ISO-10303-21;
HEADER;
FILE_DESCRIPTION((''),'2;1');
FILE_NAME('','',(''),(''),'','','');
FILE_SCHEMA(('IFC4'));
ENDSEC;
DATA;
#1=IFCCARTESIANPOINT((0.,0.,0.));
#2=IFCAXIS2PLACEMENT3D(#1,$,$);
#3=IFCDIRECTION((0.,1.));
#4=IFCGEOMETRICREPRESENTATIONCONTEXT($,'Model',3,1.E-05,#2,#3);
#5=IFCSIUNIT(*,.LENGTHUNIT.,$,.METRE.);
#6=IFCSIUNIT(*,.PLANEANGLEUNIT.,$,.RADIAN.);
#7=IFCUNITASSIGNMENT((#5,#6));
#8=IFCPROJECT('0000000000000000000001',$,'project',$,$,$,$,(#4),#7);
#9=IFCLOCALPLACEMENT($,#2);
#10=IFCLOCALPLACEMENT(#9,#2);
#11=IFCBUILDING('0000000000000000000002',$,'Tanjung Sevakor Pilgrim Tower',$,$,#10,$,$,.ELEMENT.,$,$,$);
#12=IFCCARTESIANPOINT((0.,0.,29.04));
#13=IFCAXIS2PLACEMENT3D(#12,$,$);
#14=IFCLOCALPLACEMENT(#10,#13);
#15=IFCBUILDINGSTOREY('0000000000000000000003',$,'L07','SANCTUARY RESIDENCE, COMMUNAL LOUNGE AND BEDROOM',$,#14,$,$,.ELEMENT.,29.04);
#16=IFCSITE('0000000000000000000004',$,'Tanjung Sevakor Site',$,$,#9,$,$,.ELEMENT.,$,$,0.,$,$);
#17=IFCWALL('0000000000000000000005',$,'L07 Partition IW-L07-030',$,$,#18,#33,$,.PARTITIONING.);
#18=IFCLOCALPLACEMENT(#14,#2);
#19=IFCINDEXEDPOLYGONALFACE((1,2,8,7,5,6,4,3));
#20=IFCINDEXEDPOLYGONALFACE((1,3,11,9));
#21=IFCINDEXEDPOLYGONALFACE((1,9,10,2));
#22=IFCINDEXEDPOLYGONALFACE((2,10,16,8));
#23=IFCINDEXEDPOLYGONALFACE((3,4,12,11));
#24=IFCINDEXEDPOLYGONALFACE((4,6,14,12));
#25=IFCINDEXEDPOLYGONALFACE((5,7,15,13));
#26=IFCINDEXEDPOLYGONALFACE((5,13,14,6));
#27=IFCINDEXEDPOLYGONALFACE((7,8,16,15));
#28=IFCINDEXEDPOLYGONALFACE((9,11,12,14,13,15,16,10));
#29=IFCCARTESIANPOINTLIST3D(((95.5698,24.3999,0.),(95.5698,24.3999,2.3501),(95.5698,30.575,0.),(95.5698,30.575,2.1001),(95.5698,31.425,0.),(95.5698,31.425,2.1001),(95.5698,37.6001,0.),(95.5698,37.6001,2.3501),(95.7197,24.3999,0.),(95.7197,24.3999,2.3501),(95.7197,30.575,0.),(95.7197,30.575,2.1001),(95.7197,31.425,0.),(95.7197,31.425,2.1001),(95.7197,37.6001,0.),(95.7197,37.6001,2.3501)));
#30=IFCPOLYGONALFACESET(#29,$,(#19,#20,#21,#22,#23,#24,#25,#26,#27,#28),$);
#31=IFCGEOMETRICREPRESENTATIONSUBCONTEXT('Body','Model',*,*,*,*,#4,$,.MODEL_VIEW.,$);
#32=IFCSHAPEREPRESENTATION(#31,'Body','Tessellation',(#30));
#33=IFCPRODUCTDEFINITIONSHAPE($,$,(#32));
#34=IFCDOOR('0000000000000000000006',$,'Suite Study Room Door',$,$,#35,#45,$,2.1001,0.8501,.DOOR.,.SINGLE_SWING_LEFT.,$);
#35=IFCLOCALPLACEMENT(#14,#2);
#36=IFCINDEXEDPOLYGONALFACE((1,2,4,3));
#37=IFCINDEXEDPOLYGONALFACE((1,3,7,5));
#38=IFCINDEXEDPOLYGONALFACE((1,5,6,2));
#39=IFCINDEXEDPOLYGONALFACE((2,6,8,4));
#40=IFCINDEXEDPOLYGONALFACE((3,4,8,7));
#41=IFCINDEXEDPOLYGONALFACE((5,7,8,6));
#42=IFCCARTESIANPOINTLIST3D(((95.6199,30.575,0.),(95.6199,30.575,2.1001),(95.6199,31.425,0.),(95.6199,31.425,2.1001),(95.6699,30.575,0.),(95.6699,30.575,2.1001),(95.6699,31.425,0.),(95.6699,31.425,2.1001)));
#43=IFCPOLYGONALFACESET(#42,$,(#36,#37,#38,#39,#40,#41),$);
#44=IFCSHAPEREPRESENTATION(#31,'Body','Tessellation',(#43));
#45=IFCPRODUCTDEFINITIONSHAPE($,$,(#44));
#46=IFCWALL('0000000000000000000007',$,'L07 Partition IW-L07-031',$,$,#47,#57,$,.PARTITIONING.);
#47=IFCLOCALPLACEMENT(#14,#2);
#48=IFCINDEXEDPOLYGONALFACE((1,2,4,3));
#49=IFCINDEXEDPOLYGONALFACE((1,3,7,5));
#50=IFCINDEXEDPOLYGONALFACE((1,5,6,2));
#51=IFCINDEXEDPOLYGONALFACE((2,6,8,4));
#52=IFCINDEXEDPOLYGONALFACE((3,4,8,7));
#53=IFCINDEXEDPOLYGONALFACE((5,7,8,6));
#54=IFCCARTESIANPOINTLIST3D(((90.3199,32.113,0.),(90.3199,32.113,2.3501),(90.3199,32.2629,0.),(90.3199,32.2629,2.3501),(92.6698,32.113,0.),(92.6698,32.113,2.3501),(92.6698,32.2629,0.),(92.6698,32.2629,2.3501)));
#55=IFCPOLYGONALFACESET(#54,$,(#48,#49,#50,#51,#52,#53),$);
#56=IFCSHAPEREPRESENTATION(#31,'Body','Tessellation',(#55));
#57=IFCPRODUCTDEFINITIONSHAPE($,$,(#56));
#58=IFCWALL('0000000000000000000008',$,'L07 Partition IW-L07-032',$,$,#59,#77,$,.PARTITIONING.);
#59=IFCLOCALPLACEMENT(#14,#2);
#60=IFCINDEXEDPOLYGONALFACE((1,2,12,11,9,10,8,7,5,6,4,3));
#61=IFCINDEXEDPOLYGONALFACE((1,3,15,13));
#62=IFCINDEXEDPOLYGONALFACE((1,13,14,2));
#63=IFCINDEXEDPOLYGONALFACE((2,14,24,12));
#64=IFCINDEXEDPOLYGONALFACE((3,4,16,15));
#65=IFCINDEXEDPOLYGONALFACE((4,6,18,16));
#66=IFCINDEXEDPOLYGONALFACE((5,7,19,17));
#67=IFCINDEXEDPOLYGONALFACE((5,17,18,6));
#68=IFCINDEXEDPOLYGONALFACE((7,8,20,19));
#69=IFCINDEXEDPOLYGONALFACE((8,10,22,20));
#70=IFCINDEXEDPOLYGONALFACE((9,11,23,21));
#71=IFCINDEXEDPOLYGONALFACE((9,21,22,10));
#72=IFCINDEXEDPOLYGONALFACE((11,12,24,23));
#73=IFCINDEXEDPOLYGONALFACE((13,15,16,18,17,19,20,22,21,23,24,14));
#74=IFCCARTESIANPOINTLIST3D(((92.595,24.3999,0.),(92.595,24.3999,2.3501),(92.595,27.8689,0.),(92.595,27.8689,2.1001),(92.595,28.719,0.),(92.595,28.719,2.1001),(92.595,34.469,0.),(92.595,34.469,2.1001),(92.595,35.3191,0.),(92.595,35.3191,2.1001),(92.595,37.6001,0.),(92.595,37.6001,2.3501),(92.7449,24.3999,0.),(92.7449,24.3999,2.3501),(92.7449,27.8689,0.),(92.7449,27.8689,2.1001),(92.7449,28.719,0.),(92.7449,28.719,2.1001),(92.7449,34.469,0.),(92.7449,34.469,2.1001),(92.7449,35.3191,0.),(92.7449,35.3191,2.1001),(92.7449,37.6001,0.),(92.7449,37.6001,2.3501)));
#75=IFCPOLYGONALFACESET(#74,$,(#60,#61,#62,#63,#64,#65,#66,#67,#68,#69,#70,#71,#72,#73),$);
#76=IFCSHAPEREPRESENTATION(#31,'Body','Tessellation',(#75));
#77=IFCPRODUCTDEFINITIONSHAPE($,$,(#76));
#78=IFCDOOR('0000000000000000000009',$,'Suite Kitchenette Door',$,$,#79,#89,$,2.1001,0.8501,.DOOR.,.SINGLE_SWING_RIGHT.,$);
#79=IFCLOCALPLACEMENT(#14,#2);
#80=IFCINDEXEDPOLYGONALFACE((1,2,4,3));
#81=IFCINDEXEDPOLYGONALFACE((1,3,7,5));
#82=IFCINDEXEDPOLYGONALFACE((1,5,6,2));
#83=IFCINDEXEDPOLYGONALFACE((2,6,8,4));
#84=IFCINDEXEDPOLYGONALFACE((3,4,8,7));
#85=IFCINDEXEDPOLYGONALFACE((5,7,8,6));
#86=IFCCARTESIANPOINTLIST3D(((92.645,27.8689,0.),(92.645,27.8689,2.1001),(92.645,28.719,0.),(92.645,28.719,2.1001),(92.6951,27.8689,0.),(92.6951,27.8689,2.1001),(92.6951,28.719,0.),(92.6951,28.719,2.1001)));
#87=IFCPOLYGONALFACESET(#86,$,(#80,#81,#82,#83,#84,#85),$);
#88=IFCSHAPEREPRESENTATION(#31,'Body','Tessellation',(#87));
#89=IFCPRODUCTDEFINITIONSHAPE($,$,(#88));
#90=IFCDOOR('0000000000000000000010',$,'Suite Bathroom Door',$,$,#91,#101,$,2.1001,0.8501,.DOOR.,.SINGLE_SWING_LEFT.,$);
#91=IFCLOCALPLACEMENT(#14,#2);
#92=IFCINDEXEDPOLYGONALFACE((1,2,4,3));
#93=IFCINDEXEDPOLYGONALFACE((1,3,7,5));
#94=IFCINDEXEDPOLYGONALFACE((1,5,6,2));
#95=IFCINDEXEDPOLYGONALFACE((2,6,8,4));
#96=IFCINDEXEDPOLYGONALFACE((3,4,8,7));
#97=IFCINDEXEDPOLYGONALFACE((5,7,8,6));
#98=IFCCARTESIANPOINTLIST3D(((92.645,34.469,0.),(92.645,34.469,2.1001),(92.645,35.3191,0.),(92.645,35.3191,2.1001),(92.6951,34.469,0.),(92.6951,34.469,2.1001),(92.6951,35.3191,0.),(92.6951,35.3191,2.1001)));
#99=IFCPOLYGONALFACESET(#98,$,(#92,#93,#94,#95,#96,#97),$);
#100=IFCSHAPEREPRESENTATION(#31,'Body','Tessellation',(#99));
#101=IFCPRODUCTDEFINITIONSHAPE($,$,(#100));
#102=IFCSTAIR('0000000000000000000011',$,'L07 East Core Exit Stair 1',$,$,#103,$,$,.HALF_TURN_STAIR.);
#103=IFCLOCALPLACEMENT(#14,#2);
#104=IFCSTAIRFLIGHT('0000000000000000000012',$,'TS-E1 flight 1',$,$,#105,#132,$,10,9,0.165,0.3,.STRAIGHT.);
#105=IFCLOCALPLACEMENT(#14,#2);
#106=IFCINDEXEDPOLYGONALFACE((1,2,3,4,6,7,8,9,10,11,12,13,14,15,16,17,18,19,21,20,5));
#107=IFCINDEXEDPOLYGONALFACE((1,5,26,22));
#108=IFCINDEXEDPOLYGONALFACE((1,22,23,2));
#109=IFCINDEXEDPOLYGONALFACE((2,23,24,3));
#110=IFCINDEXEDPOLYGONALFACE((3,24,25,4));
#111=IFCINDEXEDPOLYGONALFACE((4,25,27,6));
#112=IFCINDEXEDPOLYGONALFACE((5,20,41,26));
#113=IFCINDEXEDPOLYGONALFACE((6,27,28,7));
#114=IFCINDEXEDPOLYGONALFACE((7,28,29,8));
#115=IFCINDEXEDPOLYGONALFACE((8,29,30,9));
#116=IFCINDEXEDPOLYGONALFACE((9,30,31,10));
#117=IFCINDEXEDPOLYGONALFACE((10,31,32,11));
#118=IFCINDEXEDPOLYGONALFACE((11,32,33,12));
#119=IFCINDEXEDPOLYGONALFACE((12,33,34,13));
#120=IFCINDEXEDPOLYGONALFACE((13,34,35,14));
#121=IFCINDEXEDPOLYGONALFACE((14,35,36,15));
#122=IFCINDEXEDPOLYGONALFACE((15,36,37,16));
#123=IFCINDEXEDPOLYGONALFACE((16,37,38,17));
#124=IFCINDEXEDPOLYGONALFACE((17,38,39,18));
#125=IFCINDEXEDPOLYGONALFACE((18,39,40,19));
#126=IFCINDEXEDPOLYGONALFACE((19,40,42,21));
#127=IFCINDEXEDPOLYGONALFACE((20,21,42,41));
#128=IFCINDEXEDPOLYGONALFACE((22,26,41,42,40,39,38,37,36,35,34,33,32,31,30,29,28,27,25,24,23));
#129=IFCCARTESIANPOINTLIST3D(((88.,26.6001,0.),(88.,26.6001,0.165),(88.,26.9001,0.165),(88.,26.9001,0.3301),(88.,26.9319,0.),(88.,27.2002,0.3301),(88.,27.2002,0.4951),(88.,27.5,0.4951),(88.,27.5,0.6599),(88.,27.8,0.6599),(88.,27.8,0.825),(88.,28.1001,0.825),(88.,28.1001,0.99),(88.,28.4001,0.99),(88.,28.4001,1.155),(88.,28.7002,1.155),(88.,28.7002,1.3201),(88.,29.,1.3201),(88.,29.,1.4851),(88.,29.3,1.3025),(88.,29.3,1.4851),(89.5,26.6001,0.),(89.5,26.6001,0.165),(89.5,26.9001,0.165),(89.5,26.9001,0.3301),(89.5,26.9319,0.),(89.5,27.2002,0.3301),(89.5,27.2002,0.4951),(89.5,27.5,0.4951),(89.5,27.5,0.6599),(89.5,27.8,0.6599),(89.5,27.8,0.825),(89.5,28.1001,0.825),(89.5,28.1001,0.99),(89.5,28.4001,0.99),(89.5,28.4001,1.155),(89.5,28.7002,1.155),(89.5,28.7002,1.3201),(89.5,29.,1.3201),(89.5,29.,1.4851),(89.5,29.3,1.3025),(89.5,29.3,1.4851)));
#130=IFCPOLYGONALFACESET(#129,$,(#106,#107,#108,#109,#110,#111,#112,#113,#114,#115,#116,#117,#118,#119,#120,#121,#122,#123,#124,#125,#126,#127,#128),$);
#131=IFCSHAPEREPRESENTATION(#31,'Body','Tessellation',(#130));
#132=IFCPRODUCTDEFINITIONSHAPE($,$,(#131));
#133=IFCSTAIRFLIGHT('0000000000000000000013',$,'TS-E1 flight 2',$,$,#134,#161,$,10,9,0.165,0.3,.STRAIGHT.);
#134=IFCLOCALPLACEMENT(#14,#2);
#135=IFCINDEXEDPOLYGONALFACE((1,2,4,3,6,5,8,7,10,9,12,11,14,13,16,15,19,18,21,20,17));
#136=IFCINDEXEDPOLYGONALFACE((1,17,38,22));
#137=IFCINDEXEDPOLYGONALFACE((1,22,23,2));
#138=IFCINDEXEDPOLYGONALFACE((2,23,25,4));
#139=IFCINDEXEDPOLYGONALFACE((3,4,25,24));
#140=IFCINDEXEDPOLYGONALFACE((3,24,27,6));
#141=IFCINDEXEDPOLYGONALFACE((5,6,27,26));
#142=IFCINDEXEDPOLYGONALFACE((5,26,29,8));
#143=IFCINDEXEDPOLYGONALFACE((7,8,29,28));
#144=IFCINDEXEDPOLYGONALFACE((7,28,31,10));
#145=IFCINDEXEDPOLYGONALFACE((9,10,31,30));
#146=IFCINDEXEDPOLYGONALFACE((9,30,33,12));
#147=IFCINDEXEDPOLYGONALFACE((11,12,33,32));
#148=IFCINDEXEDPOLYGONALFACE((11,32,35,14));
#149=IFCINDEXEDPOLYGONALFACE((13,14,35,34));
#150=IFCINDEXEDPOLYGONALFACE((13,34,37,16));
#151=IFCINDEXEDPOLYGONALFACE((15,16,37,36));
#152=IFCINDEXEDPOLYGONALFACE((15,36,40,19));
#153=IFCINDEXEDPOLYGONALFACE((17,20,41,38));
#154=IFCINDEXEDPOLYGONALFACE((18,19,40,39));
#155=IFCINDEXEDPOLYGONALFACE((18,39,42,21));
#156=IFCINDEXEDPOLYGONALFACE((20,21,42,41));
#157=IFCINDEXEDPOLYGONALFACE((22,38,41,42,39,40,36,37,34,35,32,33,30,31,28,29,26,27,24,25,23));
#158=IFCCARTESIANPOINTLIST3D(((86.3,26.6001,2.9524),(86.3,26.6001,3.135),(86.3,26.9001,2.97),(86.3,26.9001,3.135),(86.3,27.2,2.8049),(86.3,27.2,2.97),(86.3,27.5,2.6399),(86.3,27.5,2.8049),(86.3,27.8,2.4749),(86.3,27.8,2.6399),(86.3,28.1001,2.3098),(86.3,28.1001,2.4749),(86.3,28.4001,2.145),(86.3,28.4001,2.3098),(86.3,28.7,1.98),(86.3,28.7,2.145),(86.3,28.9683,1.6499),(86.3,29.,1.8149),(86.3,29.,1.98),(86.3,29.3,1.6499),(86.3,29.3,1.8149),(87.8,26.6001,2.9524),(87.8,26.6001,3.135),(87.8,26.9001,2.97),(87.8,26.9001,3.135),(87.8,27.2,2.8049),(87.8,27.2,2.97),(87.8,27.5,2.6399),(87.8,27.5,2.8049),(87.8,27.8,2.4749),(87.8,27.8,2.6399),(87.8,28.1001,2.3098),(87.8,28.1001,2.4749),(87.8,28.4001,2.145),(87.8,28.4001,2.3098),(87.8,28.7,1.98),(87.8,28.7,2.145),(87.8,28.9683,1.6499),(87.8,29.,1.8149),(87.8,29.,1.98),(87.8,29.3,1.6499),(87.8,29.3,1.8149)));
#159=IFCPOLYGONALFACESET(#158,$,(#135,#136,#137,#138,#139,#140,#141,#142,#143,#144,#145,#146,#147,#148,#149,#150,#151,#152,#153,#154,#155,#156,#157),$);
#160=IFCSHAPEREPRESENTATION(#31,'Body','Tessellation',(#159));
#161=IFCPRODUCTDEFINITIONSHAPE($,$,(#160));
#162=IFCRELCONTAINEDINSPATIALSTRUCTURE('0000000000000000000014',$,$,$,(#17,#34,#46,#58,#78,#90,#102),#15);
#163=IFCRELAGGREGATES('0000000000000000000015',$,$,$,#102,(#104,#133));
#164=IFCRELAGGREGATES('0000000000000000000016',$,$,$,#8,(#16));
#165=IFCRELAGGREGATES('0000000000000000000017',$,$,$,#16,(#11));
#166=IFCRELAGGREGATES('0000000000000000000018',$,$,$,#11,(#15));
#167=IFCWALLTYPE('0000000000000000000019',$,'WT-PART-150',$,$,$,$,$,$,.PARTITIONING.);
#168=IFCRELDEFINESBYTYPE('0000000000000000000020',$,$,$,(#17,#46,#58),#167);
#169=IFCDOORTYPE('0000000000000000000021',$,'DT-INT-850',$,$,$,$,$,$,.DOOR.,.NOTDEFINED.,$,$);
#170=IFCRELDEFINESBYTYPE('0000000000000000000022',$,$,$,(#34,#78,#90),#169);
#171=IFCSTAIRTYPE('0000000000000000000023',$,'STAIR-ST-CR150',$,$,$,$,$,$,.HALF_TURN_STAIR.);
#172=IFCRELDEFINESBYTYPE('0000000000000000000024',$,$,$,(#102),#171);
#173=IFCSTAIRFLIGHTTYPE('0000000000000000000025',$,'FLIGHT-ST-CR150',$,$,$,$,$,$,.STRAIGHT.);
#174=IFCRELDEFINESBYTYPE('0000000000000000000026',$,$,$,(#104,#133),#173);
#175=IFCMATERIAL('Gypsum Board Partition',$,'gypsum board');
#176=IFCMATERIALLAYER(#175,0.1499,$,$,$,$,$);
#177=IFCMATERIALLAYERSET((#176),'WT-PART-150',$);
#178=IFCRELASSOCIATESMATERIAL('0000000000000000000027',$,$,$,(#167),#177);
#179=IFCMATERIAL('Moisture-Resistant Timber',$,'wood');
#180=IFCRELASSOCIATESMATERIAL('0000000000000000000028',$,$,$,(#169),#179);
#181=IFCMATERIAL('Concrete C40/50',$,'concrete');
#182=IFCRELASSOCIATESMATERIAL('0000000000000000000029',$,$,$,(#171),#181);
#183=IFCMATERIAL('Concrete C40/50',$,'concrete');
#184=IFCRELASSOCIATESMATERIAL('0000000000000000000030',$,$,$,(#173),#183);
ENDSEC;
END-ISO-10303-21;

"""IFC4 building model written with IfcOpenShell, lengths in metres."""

from ifc_helpers import new_model, si_unit, direction, frame, frame_2d, origin, place, context, subcontext, project, spatial, polyline, rectangle, outline, extrude, material, layer, layer_set, type_object, element, fill, aggregate, save


model = new_model("IFC4")

# Units and contexts
model_context = context("Model", 3, precision=1e-05, world=origin(), true_north=direction((0.0, 1.0)))
body_context = subcontext(model_context, "Body", "Model", "MODEL_VIEW")
ifc_project = project(units=[si_unit("LENGTHUNIT", "METRE"), si_unit("PLANEANGLEUNIT", "RADIAN")], contexts=[model_context])

# Site, building, storey
site_placement = place(None, origin())
site = spatial("IfcSite", under=ifc_project, at=site_placement, Name="Tanjung Sevakor Site", CompositionType="ELEMENT", RefElevation=0.0)
building_placement = place(site_placement, origin())
building = spatial("IfcBuilding", under=site, at=building_placement, Name="Tanjung Sevakor Pilgrim Tower", CompositionType="ELEMENT")
storey_placement = place(building_placement, frame((0.0, 0.0, 29.04)))
storey = spatial("IfcBuildingStorey", under=building, at=storey_placement, Name="L07", Description="SANCTUARY RESIDENCE, COMMUNAL LOUNGE AND BEDROOM", CompositionType="ELEMENT", Elevation=29.04)

# Wall, opening, door
ifc_material_1 = material(Name="Gypsum Board Partition", Category="gypsum board")
ifc_layer_1 = layer(ifc_material_1, 0.1499)
ifc_layer_set_1 = layer_set([ifc_layer_1], Name="WT-PART-150")
wall_type_1 = type_object("IfcWallType", Name="WT-PART-150", PredefinedType="PARTITIONING", material=ifc_layer_set_1)
wall_1_placement = place(storey_placement, frame((95.6448, 24.3999, 0.0), z_axis=(0.0, 0.0, 1.0), x_axis=(0.0, 1.0, 0.0)))
wall_1 = element("IfcWall", 1, at=wall_1_placement, inside=storey, type_object=wall_type_1, Name="L07 Partition IW-L07-030", PredefinedType="PARTITIONING", context=body_context, shape_type="SweptSolid", body=[
    extrude(rectangle(XDim=13.2002, YDim=0.1499, at=frame_2d((6.6001, 0.0))), origin(), (0.0, 0.0, 1.0), 2.3501),
])
opening_1_placement = place(wall_1_placement, frame((6.175, 0.0, 0.0)))
opening_1 = element("IfcOpeningElement", 2, at=opening_1_placement, cuts=wall_1, PredefinedType="OPENING", context=body_context, shape_type="SweptSolid", body=[
    extrude(rectangle(XDim=0.8501, YDim=2.1001, at=frame_2d((0.425, 1.05))), frame((0.0, 0.085, 0.0), z_axis=(0.0, -1.0, 0.0), x_axis=(1.0, 0.0, 0.0)), (0.0, 0.0, 1.0), 0.1699),
])
ifc_material_2 = material(Name="Moisture-Resistant Timber", Category="wood")
door_type_1 = type_object("IfcDoorType", Name="DT-INT-850", OperationType="NOTDEFINED", PredefinedType="DOOR", material=ifc_material_2)
door_1_placement = place(opening_1_placement, origin())
door_1 = element("IfcDoor", 3, at=door_1_placement, inside=storey, type_object=door_type_1, Name="Suite Study Room Door", OperationType="SINGLE_SWING_LEFT", OverallHeight=2.1001, OverallWidth=0.8501, PredefinedType="DOOR", context=body_context, shape_type="SweptSolid", body=[
    extrude(rectangle(XDim=0.8501, YDim=2.1001, at=frame_2d((0.425, 1.05))), frame((0.0, 0.0249, 0.0), z_axis=(0.0, -1.0, 0.0), x_axis=(1.0, 0.0, 0.0)), (0.0, 0.0, 1.0), 0.05),
])
fill(opening_1, door_1)

# Wall
wall_2_placement = place(storey_placement, frame((90.3201, 32.188, 0.0), z_axis=(0.0, 0.0, 1.0), x_axis=(1.0, 0.0, 0.0)))
element("IfcWall", 4, at=wall_2_placement, inside=storey, type_object=wall_type_1, Name="L07 Partition IW-L07-031", PredefinedType="PARTITIONING", context=body_context, shape_type="SweptSolid", body=[
    extrude(rectangle(XDim=2.3499, YDim=0.1499, at=frame_2d((1.1748, 0.0))), origin(), (0.0, 0.0, 1.0), 2.3501),
])

# Wall, openings, doors
wall_3_placement = place(storey_placement, frame((92.6699, 24.3999, 0.0), z_axis=(0.0, 0.0, 1.0), x_axis=(0.0, 1.0, 0.0)))
wall_3 = element("IfcWall", 5, at=wall_3_placement, inside=storey, type_object=wall_type_1, Name="L07 Partition IW-L07-032", PredefinedType="PARTITIONING", context=body_context, shape_type="SweptSolid", body=[
    extrude(rectangle(XDim=13.2002, YDim=0.1499, at=frame_2d((6.6001, 0.0))), origin(), (0.0, 0.0, 1.0), 2.3501),
])
opening_2_placement = place(wall_3_placement, frame((3.469, 0.0, 0.0)))
opening_2 = element("IfcOpeningElement", 6, at=opening_2_placement, cuts=wall_3, PredefinedType="OPENING", context=body_context, shape_type="SweptSolid", body=[
    extrude(rectangle(XDim=0.8501, YDim=2.1001, at=frame_2d((0.425, 1.05))), frame((0.0, 0.085, 0.0), z_axis=(0.0, -1.0, 0.0), x_axis=(1.0, 0.0, 0.0)), (0.0, 0.0, 1.0), 0.1699),
])
opening_3_placement = place(wall_3_placement, frame((10.0691, 0.0, 0.0)))
opening_3 = element("IfcOpeningElement", 7, at=opening_3_placement, cuts=wall_3, PredefinedType="OPENING", context=body_context, shape_type="SweptSolid", body=[
    extrude(rectangle(XDim=0.8501, YDim=2.1001, at=frame_2d((0.425, 1.05))), frame((0.0, 0.085, 0.0), z_axis=(0.0, -1.0, 0.0), x_axis=(1.0, 0.0, 0.0)), (0.0, 0.0, 1.0), 0.1699),
])
door_2_placement = place(opening_2_placement, origin())
door_2 = element("IfcDoor", 8, at=door_2_placement, inside=storey, type_object=door_type_1, Name="Suite Kitchenette Door", OperationType="SINGLE_SWING_RIGHT", OverallHeight=2.1001, OverallWidth=0.8501, PredefinedType="DOOR", context=body_context, shape_type="SweptSolid", body=[
    extrude(rectangle(XDim=0.8501, YDim=2.1001, at=frame_2d((0.425, 1.05))), frame((0.0, 0.0249, 0.0), z_axis=(0.0, -1.0, 0.0), x_axis=(1.0, 0.0, 0.0)), (0.0, 0.0, 1.0), 0.05),
])
fill(opening_2, door_2)
door_3_placement = place(opening_3_placement, origin())
door_3 = element("IfcDoor", 9, at=door_3_placement, inside=storey, type_object=door_type_1, Name="Suite Bathroom Door", OperationType="SINGLE_SWING_LEFT", OverallHeight=2.1001, OverallWidth=0.8501, PredefinedType="DOOR", context=body_context, shape_type="SweptSolid", body=[
    extrude(rectangle(XDim=0.8501, YDim=2.1001, at=frame_2d((0.425, 1.05))), frame((0.0, 0.0249, 0.0), z_axis=(0.0, -1.0, 0.0), x_axis=(1.0, 0.0, 0.0)), (0.0, 0.0, 1.0), 0.05),
])
fill(opening_3, door_3)

# Stair, stair flights
ifc_material_3 = material(Name="Concrete C40/50", Category="concrete")
stair_type = type_object("IfcStairType", Name="STAIR-ST-CR150", PredefinedType="HALF_TURN_STAIR", material=ifc_material_3)
stair_placement = place(storey_placement, origin())
stair = element("IfcStair", 10, at=stair_placement, inside=storey, type_object=stair_type, Name="L07 East Core Exit Stair 1", PredefinedType="HALF_TURN_STAIR")
ifc_material_4 = material(Name="Concrete C40/50", Category="concrete")
stair_flight_type = type_object("IfcStairFlightType", Name="FLIGHT-ST-CR150", PredefinedType="STRAIGHT", material=ifc_material_4)
stair_flight_1_placement = place(storey_placement, frame((88.75, 26.6001, 0.0), z_axis=(0.0, 0.0, 1.0), x_axis=(0.0, 1.0, 0.0)))
stair_flight_1 = element("IfcStairFlight", 11, at=stair_flight_1_placement, type_object=stair_flight_type, Name="TS-E1 flight 1", NumberOfRisers=10, NumberOfTreads=9, PredefinedType="STRAIGHT", RiserHeight=0.165, TreadLength=0.3, context=body_context, shape_type="SweptSolid", body=[
    extrude(outline(polyline([(0.0, 0.0), (0.0, 0.165), (0.3, 0.165), (0.3, 0.3301), (0.6001, 0.3301), (0.6001, 0.4951), (0.8999, 0.4951), (0.8999, 0.6599), (1.2, 0.6599), (1.2, 0.825), (1.5, 0.825), (1.5, 0.99), (1.8, 0.99), (1.8, 1.155), (2.1001, 1.155), (2.1001, 1.3201), (2.3999, 1.3201), (2.3999, 1.4851), (2.7, 1.4851), (2.7, 1.6499), (2.7, 1.3025), (0.3318, 0.0), (0.0, 0.0)])), frame((0.0, 0.75, 0.0), z_axis=(0.0, -1.0, 0.0), x_axis=(1.0, 0.0, 0.0)), (0.0, 0.0, 1.0), 1.5),
])
stair_flight_2_placement = place(storey_placement, frame((87.05, 29.3, 1.6499), z_axis=(0.0, 0.0, 1.0), x_axis=(0.0, -1.0, 0.0)))
stair_flight_2 = element("IfcStairFlight", 12, at=stair_flight_2_placement, type_object=stair_flight_type, Name="TS-E1 flight 2", NumberOfRisers=10, NumberOfTreads=9, PredefinedType="STRAIGHT", RiserHeight=0.165, TreadLength=0.3, context=body_context, shape_type="SweptSolid", body=[
    extrude(outline(polyline([(0.0, 0.0), (0.0, 0.165), (0.3, 0.165), (0.3, 0.3301), (0.6001, 0.3301), (0.6001, 0.4951), (0.8999, 0.4951), (0.8999, 0.6599), (1.2, 0.6599), (1.2, 0.825), (1.5, 0.825), (1.5, 0.99), (1.8, 0.99), (1.8, 1.155), (2.1001, 1.155), (2.1001, 1.3201), (2.3999, 1.3201), (2.3999, 1.4851), (2.7, 1.4851), (2.7, 1.6499), (2.7, 1.3025), (0.3318, 0.0), (0.0, 0.0)])), frame((0.0, 0.75, 0.0), z_axis=(0.0, -1.0, 0.0), x_axis=(1.0, 0.0, 0.0)), (0.0, 0.0, 1.0), 1.5),
])
aggregate(stair, [stair_flight_1, stair_flight_2])

save(model, "model.ifc")
